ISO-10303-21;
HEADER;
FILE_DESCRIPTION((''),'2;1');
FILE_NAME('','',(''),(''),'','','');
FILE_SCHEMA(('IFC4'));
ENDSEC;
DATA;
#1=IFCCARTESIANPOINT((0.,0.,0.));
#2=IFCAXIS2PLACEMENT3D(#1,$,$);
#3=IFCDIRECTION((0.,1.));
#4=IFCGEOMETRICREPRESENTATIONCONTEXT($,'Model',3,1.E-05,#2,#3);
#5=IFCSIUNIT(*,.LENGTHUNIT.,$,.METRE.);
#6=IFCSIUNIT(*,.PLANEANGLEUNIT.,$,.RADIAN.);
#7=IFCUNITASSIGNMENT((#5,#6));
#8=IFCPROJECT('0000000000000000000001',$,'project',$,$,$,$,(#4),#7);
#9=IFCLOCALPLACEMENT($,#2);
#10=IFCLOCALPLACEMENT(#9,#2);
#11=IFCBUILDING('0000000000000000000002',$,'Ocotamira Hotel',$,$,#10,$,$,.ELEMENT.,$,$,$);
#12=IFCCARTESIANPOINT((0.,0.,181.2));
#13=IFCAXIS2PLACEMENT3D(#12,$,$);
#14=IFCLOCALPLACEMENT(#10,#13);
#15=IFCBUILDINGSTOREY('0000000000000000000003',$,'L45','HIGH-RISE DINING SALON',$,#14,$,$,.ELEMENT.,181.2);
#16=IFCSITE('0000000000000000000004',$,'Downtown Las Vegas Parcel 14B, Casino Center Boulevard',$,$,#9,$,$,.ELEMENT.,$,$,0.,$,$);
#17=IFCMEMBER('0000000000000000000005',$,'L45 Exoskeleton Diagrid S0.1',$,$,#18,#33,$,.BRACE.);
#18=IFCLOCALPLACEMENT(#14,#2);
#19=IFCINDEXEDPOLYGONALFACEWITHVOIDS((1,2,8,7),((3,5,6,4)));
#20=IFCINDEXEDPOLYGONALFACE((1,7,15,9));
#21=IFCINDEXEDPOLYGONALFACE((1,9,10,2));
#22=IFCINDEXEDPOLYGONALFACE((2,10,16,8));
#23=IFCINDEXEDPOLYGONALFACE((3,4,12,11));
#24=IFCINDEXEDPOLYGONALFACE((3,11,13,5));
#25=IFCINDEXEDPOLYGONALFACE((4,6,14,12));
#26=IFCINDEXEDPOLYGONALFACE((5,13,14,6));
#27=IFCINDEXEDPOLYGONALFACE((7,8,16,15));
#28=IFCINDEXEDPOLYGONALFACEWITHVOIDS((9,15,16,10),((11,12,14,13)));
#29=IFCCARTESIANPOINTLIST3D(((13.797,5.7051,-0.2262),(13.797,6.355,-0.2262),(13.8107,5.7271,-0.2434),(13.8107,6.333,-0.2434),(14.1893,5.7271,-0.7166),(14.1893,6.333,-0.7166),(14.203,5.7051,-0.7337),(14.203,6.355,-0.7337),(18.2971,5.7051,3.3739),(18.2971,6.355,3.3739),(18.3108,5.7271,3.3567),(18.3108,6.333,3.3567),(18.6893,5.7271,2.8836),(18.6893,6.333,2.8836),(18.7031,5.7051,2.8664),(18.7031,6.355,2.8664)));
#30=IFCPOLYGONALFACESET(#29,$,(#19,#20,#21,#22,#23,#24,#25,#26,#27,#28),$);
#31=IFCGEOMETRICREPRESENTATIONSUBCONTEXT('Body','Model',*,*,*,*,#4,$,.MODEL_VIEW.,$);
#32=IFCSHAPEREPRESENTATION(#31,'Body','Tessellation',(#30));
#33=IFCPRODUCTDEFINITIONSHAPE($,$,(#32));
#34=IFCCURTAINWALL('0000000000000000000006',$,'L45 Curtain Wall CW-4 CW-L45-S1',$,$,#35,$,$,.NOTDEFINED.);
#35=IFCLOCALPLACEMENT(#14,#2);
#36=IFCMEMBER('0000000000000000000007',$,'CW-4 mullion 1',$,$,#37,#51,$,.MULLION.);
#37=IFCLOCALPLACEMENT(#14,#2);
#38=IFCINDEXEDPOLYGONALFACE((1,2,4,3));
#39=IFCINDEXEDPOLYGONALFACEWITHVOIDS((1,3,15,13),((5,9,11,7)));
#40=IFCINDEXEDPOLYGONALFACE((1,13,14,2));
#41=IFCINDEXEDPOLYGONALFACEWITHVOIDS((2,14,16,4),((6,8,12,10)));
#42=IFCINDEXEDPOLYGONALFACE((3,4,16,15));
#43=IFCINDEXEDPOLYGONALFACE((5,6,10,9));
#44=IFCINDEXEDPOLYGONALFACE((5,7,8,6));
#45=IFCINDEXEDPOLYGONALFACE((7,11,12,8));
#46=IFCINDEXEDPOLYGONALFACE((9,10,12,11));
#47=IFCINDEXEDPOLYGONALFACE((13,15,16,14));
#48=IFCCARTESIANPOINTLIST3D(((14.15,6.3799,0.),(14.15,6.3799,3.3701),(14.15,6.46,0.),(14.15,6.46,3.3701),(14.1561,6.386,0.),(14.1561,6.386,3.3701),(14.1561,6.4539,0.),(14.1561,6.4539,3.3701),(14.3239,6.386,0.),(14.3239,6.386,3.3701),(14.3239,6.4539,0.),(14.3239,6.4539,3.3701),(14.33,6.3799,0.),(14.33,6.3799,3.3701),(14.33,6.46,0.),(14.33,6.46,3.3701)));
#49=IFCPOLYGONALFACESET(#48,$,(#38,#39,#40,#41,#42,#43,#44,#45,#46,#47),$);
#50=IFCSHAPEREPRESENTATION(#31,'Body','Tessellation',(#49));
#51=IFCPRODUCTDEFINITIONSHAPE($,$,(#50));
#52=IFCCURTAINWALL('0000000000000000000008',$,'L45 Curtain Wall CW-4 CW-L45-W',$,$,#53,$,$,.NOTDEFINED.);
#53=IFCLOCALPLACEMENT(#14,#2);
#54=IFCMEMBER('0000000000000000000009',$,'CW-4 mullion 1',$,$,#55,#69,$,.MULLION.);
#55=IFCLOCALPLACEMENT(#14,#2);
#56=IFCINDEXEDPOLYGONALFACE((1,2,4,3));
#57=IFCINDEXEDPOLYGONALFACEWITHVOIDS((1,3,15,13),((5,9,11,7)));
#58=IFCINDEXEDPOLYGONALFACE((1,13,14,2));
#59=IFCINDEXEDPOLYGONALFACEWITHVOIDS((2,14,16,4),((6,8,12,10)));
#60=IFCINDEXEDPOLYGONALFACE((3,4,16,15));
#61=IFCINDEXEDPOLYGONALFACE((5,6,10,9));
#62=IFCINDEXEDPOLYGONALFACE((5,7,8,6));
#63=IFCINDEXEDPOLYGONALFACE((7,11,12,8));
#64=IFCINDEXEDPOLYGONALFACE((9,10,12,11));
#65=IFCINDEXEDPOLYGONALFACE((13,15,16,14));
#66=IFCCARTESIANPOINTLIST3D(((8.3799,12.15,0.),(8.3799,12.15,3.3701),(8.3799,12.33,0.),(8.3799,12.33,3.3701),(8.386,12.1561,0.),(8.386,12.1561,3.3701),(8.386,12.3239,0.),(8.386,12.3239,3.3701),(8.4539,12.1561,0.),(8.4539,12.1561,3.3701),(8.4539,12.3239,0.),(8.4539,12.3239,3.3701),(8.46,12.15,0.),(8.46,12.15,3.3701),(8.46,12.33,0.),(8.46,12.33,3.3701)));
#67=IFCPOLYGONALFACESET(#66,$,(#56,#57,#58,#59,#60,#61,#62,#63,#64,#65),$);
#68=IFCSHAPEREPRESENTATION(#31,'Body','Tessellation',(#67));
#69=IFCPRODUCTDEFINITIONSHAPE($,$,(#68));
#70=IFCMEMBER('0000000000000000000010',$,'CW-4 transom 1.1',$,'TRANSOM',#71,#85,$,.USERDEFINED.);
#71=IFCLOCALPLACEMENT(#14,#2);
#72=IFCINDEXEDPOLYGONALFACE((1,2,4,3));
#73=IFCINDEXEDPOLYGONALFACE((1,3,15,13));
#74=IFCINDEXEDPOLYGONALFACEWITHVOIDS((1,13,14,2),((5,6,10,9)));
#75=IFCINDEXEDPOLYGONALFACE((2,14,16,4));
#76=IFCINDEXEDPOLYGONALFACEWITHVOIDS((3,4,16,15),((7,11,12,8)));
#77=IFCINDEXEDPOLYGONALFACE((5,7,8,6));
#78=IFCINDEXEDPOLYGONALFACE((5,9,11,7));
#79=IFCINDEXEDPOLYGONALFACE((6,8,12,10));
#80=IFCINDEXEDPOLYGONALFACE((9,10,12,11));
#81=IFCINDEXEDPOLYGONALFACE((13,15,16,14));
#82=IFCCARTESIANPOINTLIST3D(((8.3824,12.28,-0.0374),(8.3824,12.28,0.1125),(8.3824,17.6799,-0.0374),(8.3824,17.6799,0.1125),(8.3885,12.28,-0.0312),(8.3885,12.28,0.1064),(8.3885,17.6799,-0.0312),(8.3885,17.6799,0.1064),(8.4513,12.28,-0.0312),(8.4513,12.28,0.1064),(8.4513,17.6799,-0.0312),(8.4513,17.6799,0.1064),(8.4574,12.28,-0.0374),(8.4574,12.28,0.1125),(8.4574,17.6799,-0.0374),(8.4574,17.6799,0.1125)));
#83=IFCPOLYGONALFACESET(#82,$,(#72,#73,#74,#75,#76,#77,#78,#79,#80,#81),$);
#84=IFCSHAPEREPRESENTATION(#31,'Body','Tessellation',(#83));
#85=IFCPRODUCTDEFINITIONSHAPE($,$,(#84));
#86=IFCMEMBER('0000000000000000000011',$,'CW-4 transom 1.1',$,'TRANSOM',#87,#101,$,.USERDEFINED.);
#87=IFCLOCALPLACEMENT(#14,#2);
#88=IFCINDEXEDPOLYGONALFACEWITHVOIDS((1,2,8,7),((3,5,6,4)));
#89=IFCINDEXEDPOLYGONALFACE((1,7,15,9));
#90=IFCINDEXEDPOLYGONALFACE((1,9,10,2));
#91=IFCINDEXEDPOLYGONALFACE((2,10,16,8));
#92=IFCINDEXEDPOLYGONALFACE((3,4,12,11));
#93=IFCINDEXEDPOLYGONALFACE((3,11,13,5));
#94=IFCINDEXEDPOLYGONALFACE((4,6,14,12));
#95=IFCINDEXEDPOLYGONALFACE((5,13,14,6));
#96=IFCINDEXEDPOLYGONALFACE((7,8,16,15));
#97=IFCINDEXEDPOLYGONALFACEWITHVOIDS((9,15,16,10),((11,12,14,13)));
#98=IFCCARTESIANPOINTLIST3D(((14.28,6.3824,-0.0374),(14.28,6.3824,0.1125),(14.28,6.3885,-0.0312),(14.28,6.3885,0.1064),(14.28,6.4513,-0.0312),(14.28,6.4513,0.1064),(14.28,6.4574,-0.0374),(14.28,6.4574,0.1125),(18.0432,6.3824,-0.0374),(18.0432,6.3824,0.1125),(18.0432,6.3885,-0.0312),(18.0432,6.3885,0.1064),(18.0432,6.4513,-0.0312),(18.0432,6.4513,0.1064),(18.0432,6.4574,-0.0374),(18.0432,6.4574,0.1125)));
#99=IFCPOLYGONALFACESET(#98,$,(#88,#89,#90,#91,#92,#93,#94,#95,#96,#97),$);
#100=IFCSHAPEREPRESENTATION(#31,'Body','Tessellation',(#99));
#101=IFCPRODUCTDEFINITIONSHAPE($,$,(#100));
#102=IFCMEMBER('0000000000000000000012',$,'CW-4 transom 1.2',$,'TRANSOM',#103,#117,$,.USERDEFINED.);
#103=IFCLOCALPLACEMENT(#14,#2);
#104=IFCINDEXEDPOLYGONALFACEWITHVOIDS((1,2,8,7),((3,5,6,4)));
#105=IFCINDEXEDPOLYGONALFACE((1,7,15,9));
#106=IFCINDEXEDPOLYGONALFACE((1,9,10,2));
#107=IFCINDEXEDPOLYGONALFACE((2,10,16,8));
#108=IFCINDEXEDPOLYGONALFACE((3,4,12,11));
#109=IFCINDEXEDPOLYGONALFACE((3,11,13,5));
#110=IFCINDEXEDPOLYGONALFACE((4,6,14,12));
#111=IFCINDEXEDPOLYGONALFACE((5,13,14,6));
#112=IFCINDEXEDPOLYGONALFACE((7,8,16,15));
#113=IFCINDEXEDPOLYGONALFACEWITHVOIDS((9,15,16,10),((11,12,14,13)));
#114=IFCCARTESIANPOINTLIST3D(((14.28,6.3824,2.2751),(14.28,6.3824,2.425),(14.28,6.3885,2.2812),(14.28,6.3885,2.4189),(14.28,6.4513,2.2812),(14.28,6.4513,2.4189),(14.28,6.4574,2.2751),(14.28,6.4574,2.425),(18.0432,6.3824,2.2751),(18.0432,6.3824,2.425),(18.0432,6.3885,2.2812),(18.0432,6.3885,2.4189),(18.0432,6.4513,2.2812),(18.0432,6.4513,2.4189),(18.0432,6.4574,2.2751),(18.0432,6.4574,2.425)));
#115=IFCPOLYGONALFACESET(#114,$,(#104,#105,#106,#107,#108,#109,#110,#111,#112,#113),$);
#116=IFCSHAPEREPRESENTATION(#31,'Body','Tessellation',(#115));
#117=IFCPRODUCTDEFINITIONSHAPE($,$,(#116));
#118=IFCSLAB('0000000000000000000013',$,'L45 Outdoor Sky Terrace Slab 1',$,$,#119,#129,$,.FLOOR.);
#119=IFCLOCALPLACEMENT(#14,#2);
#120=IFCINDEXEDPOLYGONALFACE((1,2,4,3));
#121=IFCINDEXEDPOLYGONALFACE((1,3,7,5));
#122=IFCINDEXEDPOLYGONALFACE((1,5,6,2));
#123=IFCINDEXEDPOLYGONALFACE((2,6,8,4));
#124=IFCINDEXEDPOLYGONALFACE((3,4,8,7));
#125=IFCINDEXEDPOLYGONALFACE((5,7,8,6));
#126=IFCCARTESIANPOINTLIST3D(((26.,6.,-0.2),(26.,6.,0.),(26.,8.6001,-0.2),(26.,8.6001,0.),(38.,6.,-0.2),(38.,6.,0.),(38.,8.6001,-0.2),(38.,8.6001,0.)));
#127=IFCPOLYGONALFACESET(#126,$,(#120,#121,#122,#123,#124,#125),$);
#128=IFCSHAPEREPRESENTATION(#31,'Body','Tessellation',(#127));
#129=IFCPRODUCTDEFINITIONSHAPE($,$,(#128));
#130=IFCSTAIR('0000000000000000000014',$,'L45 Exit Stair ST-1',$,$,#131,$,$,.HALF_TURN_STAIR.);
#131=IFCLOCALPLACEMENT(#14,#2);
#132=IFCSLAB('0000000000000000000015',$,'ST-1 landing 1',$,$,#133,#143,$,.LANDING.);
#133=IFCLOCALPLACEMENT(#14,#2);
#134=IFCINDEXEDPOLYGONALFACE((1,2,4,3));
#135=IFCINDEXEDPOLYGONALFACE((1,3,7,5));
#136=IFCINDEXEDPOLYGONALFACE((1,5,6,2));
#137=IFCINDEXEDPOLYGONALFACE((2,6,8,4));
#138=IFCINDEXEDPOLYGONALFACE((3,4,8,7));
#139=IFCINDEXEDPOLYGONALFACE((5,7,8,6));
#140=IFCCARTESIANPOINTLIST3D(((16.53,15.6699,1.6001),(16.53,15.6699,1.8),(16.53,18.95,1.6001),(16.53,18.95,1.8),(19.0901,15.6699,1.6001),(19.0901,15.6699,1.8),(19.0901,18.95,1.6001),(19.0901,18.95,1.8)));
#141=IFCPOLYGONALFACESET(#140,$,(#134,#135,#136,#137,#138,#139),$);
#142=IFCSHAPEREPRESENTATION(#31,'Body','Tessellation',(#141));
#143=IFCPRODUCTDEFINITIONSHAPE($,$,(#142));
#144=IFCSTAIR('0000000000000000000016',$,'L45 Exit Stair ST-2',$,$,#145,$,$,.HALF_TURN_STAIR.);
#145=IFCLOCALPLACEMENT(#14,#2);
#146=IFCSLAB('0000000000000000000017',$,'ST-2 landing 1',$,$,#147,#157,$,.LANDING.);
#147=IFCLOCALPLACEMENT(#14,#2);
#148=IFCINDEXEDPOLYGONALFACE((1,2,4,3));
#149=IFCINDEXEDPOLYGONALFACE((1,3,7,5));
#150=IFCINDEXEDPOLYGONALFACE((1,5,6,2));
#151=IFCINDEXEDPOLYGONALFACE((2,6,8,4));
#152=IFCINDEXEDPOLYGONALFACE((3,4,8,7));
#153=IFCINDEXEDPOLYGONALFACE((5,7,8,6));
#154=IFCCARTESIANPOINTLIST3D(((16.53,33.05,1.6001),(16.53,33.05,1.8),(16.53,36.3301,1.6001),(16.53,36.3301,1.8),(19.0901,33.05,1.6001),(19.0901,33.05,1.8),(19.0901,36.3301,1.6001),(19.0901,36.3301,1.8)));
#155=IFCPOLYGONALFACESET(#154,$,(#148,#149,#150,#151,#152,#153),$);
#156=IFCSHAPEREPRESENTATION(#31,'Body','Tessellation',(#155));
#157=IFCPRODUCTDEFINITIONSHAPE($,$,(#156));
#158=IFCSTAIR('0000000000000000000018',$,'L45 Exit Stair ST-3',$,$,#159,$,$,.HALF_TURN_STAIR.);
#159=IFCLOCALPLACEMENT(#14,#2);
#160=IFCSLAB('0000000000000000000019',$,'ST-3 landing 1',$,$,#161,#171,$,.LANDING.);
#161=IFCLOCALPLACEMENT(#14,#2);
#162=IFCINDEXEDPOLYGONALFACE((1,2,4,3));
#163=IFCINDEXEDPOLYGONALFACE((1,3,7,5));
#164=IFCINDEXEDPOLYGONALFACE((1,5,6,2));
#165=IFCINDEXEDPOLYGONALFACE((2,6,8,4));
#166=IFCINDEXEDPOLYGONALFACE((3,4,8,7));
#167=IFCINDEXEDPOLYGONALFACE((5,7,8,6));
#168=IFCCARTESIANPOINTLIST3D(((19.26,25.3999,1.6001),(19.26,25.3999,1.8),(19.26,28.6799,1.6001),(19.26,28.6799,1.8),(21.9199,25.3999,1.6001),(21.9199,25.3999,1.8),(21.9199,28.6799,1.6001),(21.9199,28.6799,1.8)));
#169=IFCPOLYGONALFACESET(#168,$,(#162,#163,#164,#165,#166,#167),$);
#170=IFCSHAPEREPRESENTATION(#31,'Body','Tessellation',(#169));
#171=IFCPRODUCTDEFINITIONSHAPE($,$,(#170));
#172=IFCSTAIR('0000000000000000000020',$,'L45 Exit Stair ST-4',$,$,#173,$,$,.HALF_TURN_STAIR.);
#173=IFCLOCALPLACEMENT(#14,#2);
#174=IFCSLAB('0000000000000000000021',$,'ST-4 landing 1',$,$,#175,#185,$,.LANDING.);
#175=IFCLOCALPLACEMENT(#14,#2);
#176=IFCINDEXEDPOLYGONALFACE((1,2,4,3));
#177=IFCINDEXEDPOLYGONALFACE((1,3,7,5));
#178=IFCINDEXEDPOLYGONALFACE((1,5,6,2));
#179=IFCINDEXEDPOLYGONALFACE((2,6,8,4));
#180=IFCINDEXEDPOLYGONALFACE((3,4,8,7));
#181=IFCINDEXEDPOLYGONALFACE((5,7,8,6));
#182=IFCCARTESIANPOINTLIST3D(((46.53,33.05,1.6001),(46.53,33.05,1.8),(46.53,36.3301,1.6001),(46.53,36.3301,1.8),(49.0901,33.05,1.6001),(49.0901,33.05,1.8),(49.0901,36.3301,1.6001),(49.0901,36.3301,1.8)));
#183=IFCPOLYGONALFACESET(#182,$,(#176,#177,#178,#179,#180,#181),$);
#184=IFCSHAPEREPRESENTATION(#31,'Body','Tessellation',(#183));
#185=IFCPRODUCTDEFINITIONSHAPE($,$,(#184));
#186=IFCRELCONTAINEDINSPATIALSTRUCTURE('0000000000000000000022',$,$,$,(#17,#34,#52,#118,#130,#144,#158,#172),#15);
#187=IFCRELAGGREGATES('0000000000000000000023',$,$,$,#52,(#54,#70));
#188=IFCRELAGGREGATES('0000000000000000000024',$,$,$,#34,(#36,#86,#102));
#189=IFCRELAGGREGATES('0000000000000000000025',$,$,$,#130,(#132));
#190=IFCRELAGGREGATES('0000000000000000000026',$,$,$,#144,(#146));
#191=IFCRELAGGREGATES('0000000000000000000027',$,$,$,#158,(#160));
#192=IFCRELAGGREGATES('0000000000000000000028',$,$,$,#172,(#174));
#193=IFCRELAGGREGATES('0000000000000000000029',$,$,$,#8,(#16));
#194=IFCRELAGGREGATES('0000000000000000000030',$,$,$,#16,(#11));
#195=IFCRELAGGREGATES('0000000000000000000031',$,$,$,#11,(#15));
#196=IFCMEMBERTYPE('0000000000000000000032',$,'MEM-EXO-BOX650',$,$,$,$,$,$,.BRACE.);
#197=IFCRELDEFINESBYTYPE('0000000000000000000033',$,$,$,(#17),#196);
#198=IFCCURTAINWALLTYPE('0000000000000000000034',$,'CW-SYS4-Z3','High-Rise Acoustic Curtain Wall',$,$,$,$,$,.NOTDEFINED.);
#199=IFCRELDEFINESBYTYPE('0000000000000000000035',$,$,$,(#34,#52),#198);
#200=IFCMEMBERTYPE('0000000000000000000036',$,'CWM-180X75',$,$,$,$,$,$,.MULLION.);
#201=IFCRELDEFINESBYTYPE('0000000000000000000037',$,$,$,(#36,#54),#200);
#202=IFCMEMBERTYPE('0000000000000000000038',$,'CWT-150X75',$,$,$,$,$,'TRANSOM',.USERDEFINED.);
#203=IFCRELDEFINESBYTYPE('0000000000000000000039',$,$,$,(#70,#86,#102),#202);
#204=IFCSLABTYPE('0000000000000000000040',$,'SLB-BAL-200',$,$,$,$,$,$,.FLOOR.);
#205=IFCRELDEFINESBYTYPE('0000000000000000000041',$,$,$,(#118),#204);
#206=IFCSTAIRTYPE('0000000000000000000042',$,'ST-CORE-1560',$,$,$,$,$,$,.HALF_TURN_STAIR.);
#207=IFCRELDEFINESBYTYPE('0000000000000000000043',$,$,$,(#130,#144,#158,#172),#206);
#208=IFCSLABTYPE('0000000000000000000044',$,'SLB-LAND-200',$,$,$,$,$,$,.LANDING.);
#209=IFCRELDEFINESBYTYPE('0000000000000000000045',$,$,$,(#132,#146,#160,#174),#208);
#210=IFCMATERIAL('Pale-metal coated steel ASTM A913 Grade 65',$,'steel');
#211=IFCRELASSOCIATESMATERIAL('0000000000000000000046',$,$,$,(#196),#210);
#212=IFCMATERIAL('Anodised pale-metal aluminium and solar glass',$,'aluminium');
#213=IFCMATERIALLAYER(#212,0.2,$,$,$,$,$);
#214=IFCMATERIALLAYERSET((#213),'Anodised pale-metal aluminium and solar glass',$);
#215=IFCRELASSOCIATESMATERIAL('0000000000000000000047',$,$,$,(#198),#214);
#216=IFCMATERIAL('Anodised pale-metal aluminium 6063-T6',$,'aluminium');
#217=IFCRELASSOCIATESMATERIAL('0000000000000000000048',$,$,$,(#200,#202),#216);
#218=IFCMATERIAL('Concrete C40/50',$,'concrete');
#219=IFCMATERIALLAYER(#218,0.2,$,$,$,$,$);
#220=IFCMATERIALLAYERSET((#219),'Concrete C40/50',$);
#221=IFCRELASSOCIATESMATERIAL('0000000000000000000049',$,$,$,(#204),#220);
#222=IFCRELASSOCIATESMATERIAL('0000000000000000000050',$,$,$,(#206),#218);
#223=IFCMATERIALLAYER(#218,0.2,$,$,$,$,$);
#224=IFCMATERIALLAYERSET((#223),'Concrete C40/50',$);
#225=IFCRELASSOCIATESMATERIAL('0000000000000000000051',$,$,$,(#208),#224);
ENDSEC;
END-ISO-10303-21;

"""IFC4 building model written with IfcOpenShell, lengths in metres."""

from ifc_helpers import new_model, si_unit, direction, frame, origin, origin_2d, place, context, subcontext, project, spatial, polyline, hollow_rectangle, outline, extrude, source, transform, mapped, material, layer, layer_set, material_profile, profile_set, type_object, element, aggregate, save


model = new_model("IFC4")

# Units and contexts
model_context = context("Model", 3, precision=1e-05, world=origin(), true_north=direction((0.0, 1.0)))
body_context = subcontext(model_context, "Body", "Model", "MODEL_VIEW")
ifc_project = project(units=[si_unit("LENGTHUNIT", "METRE"), si_unit("PLANEANGLEUNIT", "RADIAN")], contexts=[model_context])

# Site, building, storey
site_placement = place(None, origin())
site = spatial("IfcSite", under=ifc_project, at=site_placement, Name="Downtown Las Vegas Parcel 14B, Casino Center Boulevard", CompositionType="ELEMENT", RefElevation=0.0)
building_placement = place(site_placement, origin())
building = spatial("IfcBuilding", under=site, at=building_placement, Name="Ocotamira Hotel", CompositionType="ELEMENT")
storey_placement = place(building_placement, frame((0.0, 0.0, 181.2)))
storey = spatial("IfcBuildingStorey", under=building, at=storey_placement, Name="L45", Description="HIGH-RISE DINING SALON", CompositionType="ELEMENT", Elevation=181.2)

# Member
ifc_material_1 = material(Name="Pale-metal coated steel ASTM A913 Grade 65", Category="steel")
ifc_material_profile_1 = material_profile(ifc_material_1, hollow_rectangle(XDim=0.6499, YDim=0.6499, WallThickness=0.022, at=origin_2d()), Name="BOX650X650X22")
ifc_profile_set_1 = profile_set([ifc_material_profile_1], Name="Pale-metal coated steel ASTM A913 Grade 65")
member_type_1 = type_object("IfcMemberType", Name="MEM-EXO-BOX650", PredefinedType="BRACE", material=ifc_profile_set_1)
shared_shape_1 = source(origin(), body_context, "Body", "SweptSolid", [
    extrude(hollow_rectangle(XDim=0.6499, YDim=0.6499, WallThickness=0.022, at=origin_2d()), origin(), (0.0, 0.0, 1.0), 5.7629),
])
member_1_placement = place(storey_placement, frame((14.0, 6.03, -0.48), z_axis=(0.780861, 0.0, 0.624705), x_axis=(0.0, 1.0, 0.0)))
element("IfcMember", 1, at=member_1_placement, inside=storey, type_object=member_type_1, Name="L45 Exoskeleton Diagrid S0.1", PredefinedType="BRACE", context=body_context, shape_type="MappedRepresentation", body=[
    mapped(shared_shape_1, transform((0.0, 0.0, 0.0), scale=1.0)),
])

# Curtain wall, member
ifc_material_2 = material(Name="Anodised pale-metal aluminium and solar glass", Category="aluminium")
ifc_layer_1 = layer(ifc_material_2, 0.2)
ifc_layer_set_1 = layer_set([ifc_layer_1], Name="Anodised pale-metal aluminium and solar glass")
curtain_wall_type = type_object("IfcCurtainWallType", Name="CW-SYS4-Z3", Description="High-Rise Acoustic Curtain Wall", PredefinedType="NOTDEFINED", material=ifc_layer_set_1)
curtain_wall_1_placement = place(storey_placement, origin())
curtain_wall_1 = element("IfcCurtainWall", 2, at=curtain_wall_1_placement, inside=storey, type_object=curtain_wall_type, Name="L45 Curtain Wall CW-4 CW-L45-S1", PredefinedType="NOTDEFINED")
ifc_material_3 = material(Name="Anodised pale-metal aluminium 6063-T6", Category="aluminium")
ifc_material_profile_2 = material_profile(ifc_material_3, hollow_rectangle(XDim=0.0801, YDim=0.1799, WallThickness=0.0061, at=origin_2d()), Name="HSS180X80X6")
ifc_profile_set_2 = profile_set([ifc_material_profile_2], Name="Anodised pale-metal aluminium 6063-T6")
member_type_2 = type_object("IfcMemberType", Name="CWM-180X75", PredefinedType="MULLION", material=ifc_profile_set_2)
shared_shape_2 = source(origin(), body_context, "Body", "SweptSolid", [
    extrude(hollow_rectangle(XDim=0.0801, YDim=0.1799, WallThickness=0.0061, at=origin_2d()), origin(), (0.0, 0.0, 1.0), 3.3701),
])
member_2_placement = place(storey_placement, frame((14.24, 6.4199, 0.0), z_axis=(0.0, 0.0, 1.0), x_axis=(0.0, 1.0, 0.0)))
member_2 = element("IfcMember", 3, at=member_2_placement, type_object=member_type_2, Name="CW-4 mullion 1", PredefinedType="MULLION", context=body_context, shape_type="MappedRepresentation", body=[
    mapped(shared_shape_2, transform((0.0, 0.0, 0.0), scale=1.0)),
])

# Curtain wall, members
curtain_wall_2_placement = place(storey_placement, origin())
curtain_wall_2 = element("IfcCurtainWall", 4, at=curtain_wall_2_placement, inside=storey, type_object=curtain_wall_type, Name="L45 Curtain Wall CW-4 CW-L45-W", PredefinedType="NOTDEFINED")
member_3_placement = place(storey_placement, frame((8.4199, 12.24, 0.0), z_axis=(0.0, 0.0, 1.0), x_axis=(-1.0, 0.0, 0.0)))
member_3 = element("IfcMember", 5, at=member_3_placement, type_object=member_type_2, Name="CW-4 mullion 1", PredefinedType="MULLION", context=body_context, shape_type="MappedRepresentation", body=[
    mapped(shared_shape_2, transform((0.0, 0.0, 0.0), scale=1.0)),
])
ifc_material_profile_3 = material_profile(ifc_material_3, hollow_rectangle(XDim=0.075, YDim=0.1499, WallThickness=0.0061, at=origin_2d()), Name="HSS150X75X6")
ifc_profile_set_3 = profile_set([ifc_material_profile_3], Name="Anodised pale-metal aluminium 6063-T6")
member_type_3 = type_object("IfcMemberType", Name="CWT-150X75", ElementType="TRANSOM", PredefinedType="USERDEFINED", material=ifc_profile_set_3)
shared_shape_3 = source(origin(), body_context, "Body", "SweptSolid", [
    extrude(hollow_rectangle(XDim=0.075, YDim=0.1499, WallThickness=0.0061, at=origin_2d()), origin(), (0.0, 0.0, 1.0), 5.3999),
])
member_4_placement = place(storey_placement, frame((8.4199, 12.28, 0.0376), z_axis=(0.0, 1.0, 0.0), x_axis=(-1.0, 0.0, 0.0)))
member_4 = element("IfcMember", 6, at=member_4_placement, type_object=member_type_3, Name="CW-4 transom 1.1", ObjectType="TRANSOM", PredefinedType="USERDEFINED", context=body_context, shape_type="MappedRepresentation", body=[
    mapped(shared_shape_3, transform((0.0, 0.0, 0.0), scale=1.0)),
])
aggregate(curtain_wall_2, [member_3, member_4])

# Members
shared_shape_4 = source(origin(), body_context, "Body", "SweptSolid", [
    extrude(hollow_rectangle(XDim=0.075, YDim=0.1499, WallThickness=0.0061, at=origin_2d()), origin(), (0.0, 0.0, 1.0), 3.7632),
])
member_5_placement = place(storey_placement, frame((14.28, 6.4199, 0.0376), z_axis=(1.0, 0.0, 0.0), x_axis=(0.0, 1.0, 0.0)))
member_5 = element("IfcMember", 7, at=member_5_placement, type_object=member_type_3, Name="CW-4 transom 1.1", ObjectType="TRANSOM", PredefinedType="USERDEFINED", context=body_context, shape_type="MappedRepresentation", body=[
    mapped(shared_shape_4, transform((0.0, 0.0, 0.0), scale=1.0)),
])
member_6_placement = place(storey_placement, frame((14.28, 6.4199, 2.3501), z_axis=(1.0, 0.0, 0.0), x_axis=(0.0, 1.0, 0.0)))
member_6 = element("IfcMember", 8, at=member_6_placement, type_object=member_type_3, Name="CW-4 transom 1.2", ObjectType="TRANSOM", PredefinedType="USERDEFINED", context=body_context, shape_type="MappedRepresentation", body=[
    mapped(shared_shape_4, transform((0.0, 0.0, 0.0), scale=1.0)),
])
aggregate(curtain_wall_1, [member_2, member_5, member_6])

# Slab
ifc_material_4 = material(Name="Concrete C40/50", Category="concrete")
ifc_layer_2 = layer(ifc_material_4, 0.2)
ifc_layer_set_2 = layer_set([ifc_layer_2], Name="Concrete C40/50")
slab_type_1 = type_object("IfcSlabType", Name="SLB-BAL-200", PredefinedType="FLOOR", material=ifc_layer_set_2)
slab_1_placement = place(storey_placement, frame((0.0, 0.0, -0.2)))
element("IfcSlab", 9, at=slab_1_placement, inside=storey, type_object=slab_type_1, Name="L45 Outdoor Sky Terrace Slab 1", PredefinedType="FLOOR", context=body_context, shape_type="SweptSolid", body=[
    extrude(outline(polyline([(26.0, 6.0), (38.0, 6.0), (38.0, 8.6001), (26.0, 8.6001), (26.0, 6.0)])), origin(), (0.0, 0.0, 1.0), 0.2),
])

# Stairs, slabs
stair_type = type_object("IfcStairType", Name="ST-CORE-1560", PredefinedType="HALF_TURN_STAIR", material=ifc_material_4)
stair_1_placement = place(storey_placement, origin())
stair_1 = element("IfcStair", 10, at=stair_1_placement, inside=storey, type_object=stair_type, Name="L45 Exit Stair ST-1", PredefinedType="HALF_TURN_STAIR")
ifc_layer_3 = layer(ifc_material_4, 0.2)
ifc_layer_set_3 = layer_set([ifc_layer_3], Name="Concrete C40/50")
slab_type_2 = type_object("IfcSlabType", Name="SLB-LAND-200", PredefinedType="LANDING", material=ifc_layer_set_3)
slab_2_placement = place(storey_placement, frame((0.0, 0.0, 1.6001)))
slab_2 = element("IfcSlab", 11, at=slab_2_placement, type_object=slab_type_2, Name="ST-1 landing 1", PredefinedType="LANDING", context=body_context, shape_type="SweptSolid", body=[
    extrude(outline(polyline([(16.53, 15.6699), (19.0901, 15.6699), (19.0901, 18.95), (16.53, 18.95), (16.53, 15.6699)])), origin(), (0.0, 0.0, 1.0), 0.2),
])
aggregate(stair_1, [slab_2])
stair_2_placement = place(storey_placement, origin())
stair_2 = element("IfcStair", 12, at=stair_2_placement, inside=storey, type_object=stair_type, Name="L45 Exit Stair ST-2", PredefinedType="HALF_TURN_STAIR")
slab_3_placement = place(storey_placement, frame((0.0, 0.0, 1.6001)))
slab_3 = element("IfcSlab", 13, at=slab_3_placement, type_object=slab_type_2, Name="ST-2 landing 1", PredefinedType="LANDING", context=body_context, shape_type="SweptSolid", body=[
    extrude(outline(polyline([(16.53, 33.05), (19.0901, 33.05), (19.0901, 36.3301), (16.53, 36.3301), (16.53, 33.05)])), origin(), (0.0, 0.0, 1.0), 0.2),
])
aggregate(stair_2, [slab_3])
stair_3_placement = place(storey_placement, origin())
stair_3 = element("IfcStair", 14, at=stair_3_placement, inside=storey, type_object=stair_type, Name="L45 Exit Stair ST-3", PredefinedType="HALF_TURN_STAIR")
slab_4_placement = place(storey_placement, frame((0.0, 0.0, 1.6001)))
slab_4 = element("IfcSlab", 15, at=slab_4_placement, type_object=slab_type_2, Name="ST-3 landing 1", PredefinedType="LANDING", context=body_context, shape_type="SweptSolid", body=[
    extrude(outline(polyline([(19.26, 25.3999), (21.9199, 25.3999), (21.9199, 28.6799), (19.26, 28.6799), (19.26, 25.3999)])), origin(), (0.0, 0.0, 1.0), 0.2),
])
aggregate(stair_3, [slab_4])
stair_4_placement = place(storey_placement, origin())
stair_4 = element("IfcStair", 16, at=stair_4_placement, inside=storey, type_object=stair_type, Name="L45 Exit Stair ST-4", PredefinedType="HALF_TURN_STAIR")
slab_5_placement = place(storey_placement, frame((0.0, 0.0, 1.6001)))
slab_5 = element("IfcSlab", 17, at=slab_5_placement, type_object=slab_type_2, Name="ST-4 landing 1", PredefinedType="LANDING", context=body_context, shape_type="SweptSolid", body=[
    extrude(outline(polyline([(46.53, 33.05), (49.0901, 33.05), (49.0901, 36.3301), (46.53, 36.3301), (46.53, 33.05)])), origin(), (0.0, 0.0, 1.0), 0.2),
])
aggregate(stair_4, [slab_5])

save(model, "model.ifc")
